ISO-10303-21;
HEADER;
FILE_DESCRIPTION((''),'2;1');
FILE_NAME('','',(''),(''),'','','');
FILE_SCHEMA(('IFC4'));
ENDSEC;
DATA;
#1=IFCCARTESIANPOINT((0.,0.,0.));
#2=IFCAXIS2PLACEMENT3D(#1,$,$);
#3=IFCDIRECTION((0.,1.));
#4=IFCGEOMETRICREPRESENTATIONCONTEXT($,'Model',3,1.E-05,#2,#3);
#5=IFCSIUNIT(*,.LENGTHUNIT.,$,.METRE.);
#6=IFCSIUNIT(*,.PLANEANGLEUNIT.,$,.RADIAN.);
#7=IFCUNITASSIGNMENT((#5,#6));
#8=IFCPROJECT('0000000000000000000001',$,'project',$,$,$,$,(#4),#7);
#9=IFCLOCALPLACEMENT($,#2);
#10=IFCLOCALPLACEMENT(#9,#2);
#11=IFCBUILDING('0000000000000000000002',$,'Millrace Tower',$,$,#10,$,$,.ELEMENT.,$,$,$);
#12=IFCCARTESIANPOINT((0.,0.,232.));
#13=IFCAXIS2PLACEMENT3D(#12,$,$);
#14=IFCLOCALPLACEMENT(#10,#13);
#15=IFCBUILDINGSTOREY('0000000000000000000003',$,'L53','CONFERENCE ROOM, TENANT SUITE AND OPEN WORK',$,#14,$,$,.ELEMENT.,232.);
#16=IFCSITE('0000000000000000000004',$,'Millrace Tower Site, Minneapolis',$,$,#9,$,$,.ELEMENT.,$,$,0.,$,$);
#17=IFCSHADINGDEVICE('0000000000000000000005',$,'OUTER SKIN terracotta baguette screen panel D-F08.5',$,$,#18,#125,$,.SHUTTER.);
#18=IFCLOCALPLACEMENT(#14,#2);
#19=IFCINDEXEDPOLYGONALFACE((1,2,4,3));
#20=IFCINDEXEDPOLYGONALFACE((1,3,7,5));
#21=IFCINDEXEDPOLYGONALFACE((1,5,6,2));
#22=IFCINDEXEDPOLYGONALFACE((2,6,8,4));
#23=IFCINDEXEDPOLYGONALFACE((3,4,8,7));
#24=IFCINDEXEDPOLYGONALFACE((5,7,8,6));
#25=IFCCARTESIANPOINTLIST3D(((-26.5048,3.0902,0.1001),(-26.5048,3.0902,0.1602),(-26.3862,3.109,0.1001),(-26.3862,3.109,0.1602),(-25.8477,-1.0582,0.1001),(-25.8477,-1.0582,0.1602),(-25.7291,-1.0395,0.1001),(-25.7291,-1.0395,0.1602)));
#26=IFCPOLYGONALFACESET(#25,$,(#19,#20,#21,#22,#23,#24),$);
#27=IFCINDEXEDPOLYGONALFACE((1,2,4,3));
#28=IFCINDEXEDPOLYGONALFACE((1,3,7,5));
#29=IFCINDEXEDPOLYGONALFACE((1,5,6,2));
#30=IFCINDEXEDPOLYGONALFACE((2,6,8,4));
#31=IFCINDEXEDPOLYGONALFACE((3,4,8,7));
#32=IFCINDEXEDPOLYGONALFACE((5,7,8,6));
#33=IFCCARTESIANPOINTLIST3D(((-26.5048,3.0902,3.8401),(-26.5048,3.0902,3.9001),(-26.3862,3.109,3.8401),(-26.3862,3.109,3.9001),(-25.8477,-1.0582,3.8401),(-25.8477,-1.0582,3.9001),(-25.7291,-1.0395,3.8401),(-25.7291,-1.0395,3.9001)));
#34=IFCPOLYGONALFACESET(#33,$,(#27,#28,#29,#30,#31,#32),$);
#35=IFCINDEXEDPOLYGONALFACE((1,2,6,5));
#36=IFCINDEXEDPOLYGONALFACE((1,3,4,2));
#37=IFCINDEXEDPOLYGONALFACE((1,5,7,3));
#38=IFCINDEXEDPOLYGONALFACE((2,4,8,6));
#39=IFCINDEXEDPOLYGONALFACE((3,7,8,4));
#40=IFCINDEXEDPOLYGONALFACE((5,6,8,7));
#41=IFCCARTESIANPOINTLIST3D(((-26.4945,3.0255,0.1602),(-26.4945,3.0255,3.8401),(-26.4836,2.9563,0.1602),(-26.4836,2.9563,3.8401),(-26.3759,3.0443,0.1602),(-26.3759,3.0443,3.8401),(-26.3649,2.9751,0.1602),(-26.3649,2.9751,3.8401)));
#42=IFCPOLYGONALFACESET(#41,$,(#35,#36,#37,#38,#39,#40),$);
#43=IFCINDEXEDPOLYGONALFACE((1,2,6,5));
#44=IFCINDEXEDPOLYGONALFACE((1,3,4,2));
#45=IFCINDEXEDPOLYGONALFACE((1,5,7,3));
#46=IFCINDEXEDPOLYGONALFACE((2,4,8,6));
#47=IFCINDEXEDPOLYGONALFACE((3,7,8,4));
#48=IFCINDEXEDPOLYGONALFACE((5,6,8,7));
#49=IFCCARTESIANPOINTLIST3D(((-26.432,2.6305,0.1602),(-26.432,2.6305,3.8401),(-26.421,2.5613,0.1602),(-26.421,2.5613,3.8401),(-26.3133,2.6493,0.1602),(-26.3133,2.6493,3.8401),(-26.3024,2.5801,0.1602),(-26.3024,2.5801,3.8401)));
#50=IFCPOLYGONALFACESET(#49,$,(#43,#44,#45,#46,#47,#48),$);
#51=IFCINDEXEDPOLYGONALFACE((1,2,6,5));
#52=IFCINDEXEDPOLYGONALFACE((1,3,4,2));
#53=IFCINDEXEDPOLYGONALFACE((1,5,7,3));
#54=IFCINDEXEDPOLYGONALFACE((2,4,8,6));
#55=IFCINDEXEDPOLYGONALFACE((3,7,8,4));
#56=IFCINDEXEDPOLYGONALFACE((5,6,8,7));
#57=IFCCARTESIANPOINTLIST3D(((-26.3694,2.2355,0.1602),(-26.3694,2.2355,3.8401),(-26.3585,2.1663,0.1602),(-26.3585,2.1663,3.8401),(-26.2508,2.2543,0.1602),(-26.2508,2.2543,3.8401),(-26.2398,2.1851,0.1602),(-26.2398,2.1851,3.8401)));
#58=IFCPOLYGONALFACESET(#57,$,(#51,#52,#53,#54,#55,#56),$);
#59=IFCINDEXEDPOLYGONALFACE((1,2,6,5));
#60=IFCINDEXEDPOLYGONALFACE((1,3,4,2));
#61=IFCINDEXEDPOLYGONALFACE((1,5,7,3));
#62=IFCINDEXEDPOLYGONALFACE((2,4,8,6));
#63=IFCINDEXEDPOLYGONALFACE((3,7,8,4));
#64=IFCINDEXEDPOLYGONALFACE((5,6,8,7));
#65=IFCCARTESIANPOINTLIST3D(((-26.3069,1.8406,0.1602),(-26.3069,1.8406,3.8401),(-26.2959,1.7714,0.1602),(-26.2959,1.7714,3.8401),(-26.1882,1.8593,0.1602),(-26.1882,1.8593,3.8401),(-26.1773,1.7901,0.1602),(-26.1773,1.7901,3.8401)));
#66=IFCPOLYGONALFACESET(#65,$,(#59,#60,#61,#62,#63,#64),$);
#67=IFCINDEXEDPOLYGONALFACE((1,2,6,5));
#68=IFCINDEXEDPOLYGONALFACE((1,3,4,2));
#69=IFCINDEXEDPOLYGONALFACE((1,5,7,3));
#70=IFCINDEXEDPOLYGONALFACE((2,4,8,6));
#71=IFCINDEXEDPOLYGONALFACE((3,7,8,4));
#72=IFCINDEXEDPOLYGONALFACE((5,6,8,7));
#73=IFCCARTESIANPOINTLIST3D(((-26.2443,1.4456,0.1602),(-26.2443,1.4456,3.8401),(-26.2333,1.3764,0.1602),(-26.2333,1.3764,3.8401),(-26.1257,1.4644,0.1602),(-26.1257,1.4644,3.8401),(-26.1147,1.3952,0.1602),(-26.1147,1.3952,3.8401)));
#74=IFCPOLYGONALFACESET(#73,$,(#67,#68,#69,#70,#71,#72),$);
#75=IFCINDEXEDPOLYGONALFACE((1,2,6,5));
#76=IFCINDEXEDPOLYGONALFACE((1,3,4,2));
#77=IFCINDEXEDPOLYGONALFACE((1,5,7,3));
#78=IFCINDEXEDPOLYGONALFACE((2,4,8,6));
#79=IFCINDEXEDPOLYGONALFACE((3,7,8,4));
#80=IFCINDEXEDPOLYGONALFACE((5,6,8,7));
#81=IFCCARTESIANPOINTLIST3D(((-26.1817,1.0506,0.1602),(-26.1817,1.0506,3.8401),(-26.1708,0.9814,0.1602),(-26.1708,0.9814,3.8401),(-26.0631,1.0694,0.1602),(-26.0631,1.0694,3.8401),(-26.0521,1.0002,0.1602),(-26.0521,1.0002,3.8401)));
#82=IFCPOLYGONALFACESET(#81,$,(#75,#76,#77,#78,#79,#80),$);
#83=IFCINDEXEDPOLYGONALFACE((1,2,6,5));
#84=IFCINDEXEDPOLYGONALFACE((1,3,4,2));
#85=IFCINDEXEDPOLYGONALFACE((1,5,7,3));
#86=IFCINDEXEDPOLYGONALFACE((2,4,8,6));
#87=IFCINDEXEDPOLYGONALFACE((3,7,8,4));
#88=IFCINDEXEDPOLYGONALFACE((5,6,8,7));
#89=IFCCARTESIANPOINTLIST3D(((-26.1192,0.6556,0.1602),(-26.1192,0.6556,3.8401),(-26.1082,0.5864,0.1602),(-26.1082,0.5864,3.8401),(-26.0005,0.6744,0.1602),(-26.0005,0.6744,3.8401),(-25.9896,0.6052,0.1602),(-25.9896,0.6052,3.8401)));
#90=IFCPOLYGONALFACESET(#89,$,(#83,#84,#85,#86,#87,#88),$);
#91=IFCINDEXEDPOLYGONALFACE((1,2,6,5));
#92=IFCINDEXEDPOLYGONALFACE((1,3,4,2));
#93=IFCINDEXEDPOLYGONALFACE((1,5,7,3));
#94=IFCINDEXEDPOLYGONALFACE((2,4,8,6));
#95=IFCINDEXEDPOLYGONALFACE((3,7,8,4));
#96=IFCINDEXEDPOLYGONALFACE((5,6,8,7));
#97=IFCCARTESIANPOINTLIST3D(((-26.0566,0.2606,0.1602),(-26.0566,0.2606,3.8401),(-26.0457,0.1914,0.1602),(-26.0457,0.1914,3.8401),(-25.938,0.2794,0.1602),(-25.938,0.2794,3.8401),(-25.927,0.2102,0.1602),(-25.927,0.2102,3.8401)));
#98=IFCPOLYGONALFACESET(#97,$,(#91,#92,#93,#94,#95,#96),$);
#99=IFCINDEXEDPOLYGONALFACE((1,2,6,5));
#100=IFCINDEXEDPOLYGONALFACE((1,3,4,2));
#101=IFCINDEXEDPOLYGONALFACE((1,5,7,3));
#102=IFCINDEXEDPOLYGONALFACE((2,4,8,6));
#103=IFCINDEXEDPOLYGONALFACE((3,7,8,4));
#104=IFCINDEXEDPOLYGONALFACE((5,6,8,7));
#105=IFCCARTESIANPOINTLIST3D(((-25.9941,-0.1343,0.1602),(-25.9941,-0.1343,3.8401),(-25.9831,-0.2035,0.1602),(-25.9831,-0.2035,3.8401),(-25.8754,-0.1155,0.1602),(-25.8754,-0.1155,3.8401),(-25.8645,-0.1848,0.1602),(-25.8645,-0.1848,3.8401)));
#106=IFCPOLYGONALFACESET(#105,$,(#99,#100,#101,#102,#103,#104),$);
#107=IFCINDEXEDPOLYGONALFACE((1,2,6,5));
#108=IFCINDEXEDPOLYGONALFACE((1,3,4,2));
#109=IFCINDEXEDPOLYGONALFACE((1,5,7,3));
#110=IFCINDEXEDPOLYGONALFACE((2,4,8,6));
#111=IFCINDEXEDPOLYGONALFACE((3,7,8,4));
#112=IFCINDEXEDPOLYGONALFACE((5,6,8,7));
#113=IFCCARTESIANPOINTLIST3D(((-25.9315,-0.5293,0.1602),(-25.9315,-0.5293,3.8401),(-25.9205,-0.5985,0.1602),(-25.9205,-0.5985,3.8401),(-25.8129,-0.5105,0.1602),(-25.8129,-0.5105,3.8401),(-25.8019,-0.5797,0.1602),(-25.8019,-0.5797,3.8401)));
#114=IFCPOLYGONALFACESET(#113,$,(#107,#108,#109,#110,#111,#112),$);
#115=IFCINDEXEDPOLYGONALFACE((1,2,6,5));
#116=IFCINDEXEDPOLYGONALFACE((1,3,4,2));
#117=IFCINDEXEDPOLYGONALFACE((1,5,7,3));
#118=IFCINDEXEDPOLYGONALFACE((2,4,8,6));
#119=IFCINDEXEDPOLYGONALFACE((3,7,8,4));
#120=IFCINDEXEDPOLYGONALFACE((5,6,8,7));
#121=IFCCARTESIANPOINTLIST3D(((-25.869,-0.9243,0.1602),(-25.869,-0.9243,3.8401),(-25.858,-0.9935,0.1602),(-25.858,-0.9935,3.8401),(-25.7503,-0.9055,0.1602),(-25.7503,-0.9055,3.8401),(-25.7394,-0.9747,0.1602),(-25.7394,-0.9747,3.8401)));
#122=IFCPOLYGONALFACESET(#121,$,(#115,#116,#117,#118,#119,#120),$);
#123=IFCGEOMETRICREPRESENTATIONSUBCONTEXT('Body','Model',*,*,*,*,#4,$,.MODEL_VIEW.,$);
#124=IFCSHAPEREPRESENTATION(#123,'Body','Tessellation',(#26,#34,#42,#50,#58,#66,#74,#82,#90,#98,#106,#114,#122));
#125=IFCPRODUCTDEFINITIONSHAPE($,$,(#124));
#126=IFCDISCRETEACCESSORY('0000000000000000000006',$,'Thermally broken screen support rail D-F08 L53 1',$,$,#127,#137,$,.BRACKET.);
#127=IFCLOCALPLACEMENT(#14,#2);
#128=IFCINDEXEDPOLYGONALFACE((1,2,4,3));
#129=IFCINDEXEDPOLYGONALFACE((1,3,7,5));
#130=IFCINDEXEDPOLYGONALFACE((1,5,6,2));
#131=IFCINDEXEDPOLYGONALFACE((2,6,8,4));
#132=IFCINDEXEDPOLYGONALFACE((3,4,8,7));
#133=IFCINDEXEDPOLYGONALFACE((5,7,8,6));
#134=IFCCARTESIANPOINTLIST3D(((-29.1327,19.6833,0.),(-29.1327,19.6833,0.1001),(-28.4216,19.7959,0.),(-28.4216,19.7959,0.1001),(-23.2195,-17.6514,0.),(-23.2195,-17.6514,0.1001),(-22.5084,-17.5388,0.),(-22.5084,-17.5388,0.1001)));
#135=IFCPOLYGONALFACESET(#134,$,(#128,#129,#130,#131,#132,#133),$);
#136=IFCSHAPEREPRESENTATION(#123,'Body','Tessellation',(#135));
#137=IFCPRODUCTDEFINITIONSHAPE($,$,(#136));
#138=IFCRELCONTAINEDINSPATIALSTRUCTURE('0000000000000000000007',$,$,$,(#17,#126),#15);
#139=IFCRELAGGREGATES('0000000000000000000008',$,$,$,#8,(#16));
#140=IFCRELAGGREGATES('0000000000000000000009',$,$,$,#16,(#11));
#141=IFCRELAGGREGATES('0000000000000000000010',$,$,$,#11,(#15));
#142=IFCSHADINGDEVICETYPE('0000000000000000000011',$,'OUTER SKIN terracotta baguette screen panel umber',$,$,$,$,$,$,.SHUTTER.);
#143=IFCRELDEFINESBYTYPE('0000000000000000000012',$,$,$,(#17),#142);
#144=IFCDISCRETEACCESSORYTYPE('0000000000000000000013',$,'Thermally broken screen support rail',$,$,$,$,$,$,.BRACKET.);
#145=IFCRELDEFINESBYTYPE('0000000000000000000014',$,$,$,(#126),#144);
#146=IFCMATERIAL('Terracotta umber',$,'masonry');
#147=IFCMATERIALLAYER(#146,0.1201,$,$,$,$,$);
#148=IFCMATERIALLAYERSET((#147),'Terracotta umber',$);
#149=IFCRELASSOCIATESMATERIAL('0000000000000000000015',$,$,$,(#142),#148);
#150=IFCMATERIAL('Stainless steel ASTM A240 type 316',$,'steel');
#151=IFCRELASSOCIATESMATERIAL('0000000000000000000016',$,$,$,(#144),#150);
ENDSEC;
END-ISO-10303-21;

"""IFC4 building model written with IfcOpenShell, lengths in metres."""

from ifc_helpers import new_model, entity, si_unit, direction, frame, frame_2d, origin, origin_2d, place, context, subcontext, project, spatial, rectangle, extrude, source, transform, mapped, material, layer, layer_set, type_object, element, save


model = new_model("IFC4")

# Units and contexts
model_context = context("Model", 3, precision=1e-05, world=origin(), true_north=direction((0.0, 1.0)))
body_context = subcontext(model_context, "Body", "Model", "MODEL_VIEW")
ifc_project = project(units=[si_unit("LENGTHUNIT", "METRE"), si_unit("PLANEANGLEUNIT", "RADIAN")], contexts=[model_context])

# Site, building, storey
site_placement = place(None, origin())
site = spatial("IfcSite", under=ifc_project, at=site_placement, Name="Millrace Tower Site, Minneapolis", CompositionType="ELEMENT", RefElevation=0.0)
building_placement = place(site_placement, origin())
building = spatial("IfcBuilding", under=site, at=building_placement, Name="Millrace Tower", CompositionType="ELEMENT")
storey_placement = place(building_placement, frame((0.0, 0.0, 232.0)))
storey = spatial("IfcBuildingStorey", under=building, at=storey_placement, Name="L53", Description="CONFERENCE ROOM, TENANT SUITE AND OPEN WORK", CompositionType="ELEMENT", Elevation=232.0)

# Shading device
ifc_material_1 = material(Name="Terracotta umber", Category="masonry")
ifc_layer_1 = layer(ifc_material_1, 0.1201)
ifc_layer_set_1 = layer_set([ifc_layer_1], Name="Terracotta umber")
shading_device_type = type_object("IfcShadingDeviceType", Name="OUTER SKIN terracotta baguette screen panel umber", PredefinedType="SHUTTER", material=ifc_layer_set_1)
cartesian_point = entity("IfcCartesianPoint", [-2.1001, 0.0601])
shared_polyline = entity("IfcPolyline", [cartesian_point, entity("IfcCartesianPoint", [2.1001, 0.0601]), entity("IfcCartesianPoint", [2.1001, -0.0601]), entity("IfcCartesianPoint", [-2.1001, -0.0601]), cartesian_point])
shared_shape = source(origin(), body_context, "Body", "SweptSolid", [
    entity("IfcExtrudedAreaSolid", entity("IfcArbitraryClosedProfileDef", "AREA", None, shared_polyline), entity("IfcAxis2Placement3D", entity("IfcCartesianPoint", [0.0, 0.0, 0.0])), entity("IfcDirection", [0.0, 0.0, 1.0]), 0.0601),
    entity("IfcExtrudedAreaSolid", entity("IfcArbitraryClosedProfileDef", "AREA", None, shared_polyline), entity("IfcAxis2Placement3D", entity("IfcCartesianPoint", [0.0, 0.0, 3.74])), entity("IfcDirection", [0.0, 0.0, 1.0]), 0.0601),
    extrude(rectangle(XDim=0.0701, YDim=0.1201, at=frame_2d((-1.9995, 0.0))), frame((0.0, 0.0, 0.0601)), (0.0, 0.0, 1.0), 3.6799),
    extrude(rectangle(XDim=0.0701, YDim=0.1201, at=frame_2d((-1.5996, 0.0))), frame((0.0, 0.0, 0.0601)), (0.0, 0.0, 1.0), 3.6799),
    extrude(rectangle(XDim=0.0701, YDim=0.1201, at=frame_2d((-1.1997, 0.0))), frame((0.0, 0.0, 0.0601)), (0.0, 0.0, 1.0), 3.6799),
    extrude(rectangle(XDim=0.0701, YDim=0.1201, at=frame_2d((-0.7998, 0.0))), frame((0.0, 0.0, 0.0601)), (0.0, 0.0, 1.0), 3.6799),
    extrude(rectangle(XDim=0.0701, YDim=0.1201, at=frame_2d((-0.3999, 0.0))), frame((0.0, 0.0, 0.0601)), (0.0, 0.0, 1.0), 3.6799),
    extrude(rectangle(XDim=0.0701, YDim=0.1201, at=origin_2d()), frame((0.0, 0.0, 0.0601)), (0.0, 0.0, 1.0), 3.6799),
    extrude(rectangle(XDim=0.0701, YDim=0.1201, at=frame_2d((0.3999, 0.0))), frame((0.0, 0.0, 0.0601)), (0.0, 0.0, 1.0), 3.6799),
    extrude(rectangle(XDim=0.0701, YDim=0.1201, at=frame_2d((0.7998, 0.0))), frame((0.0, 0.0, 0.0601)), (0.0, 0.0, 1.0), 3.6799),
    extrude(rectangle(XDim=0.0701, YDim=0.1201, at=frame_2d((1.1997, 0.0))), frame((0.0, 0.0, 0.0601)), (0.0, 0.0, 1.0), 3.6799),
    extrude(rectangle(XDim=0.0701, YDim=0.1201, at=frame_2d((1.5996, 0.0))), frame((0.0, 0.0, 0.0601)), (0.0, 0.0, 1.0), 3.6799),
    extrude(rectangle(XDim=0.0701, YDim=0.1201, at=frame_2d((1.9995, 0.0))), frame((0.0, 0.0, 0.0601)), (0.0, 0.0, 1.0), 3.6799),
])
for number, where, z_axis, x_axis, name in (
    (1, (-26.1169, 1.0254, 0.1001), (0.0, 0.0, 1.0), (0.156434, -0.987688, 0.0), "OUTER SKIN terracotta baguette screen panel D-F08.5"),
):
    element("IfcShadingDevice", number, at=place(storey_placement, frame(where, z_axis=z_axis, x_axis=x_axis)), inside=storey, type_object=shading_device_type, Name=name, PredefinedType="SHUTTER", context=body_context, shape_type="MappedRepresentation", body=[
        mapped(shared_shape, transform((0.0, 0.0, 0.0), scale=1.0)),
    ])

# Discrete accessory
ifc_material_2 = material(Name="Stainless steel ASTM A240 type 316", Category="steel")
discrete_accessory_type = type_object("IfcDiscreteAccessoryType", Name="Thermally broken screen support rail", PredefinedType="BRACKET", material=ifc_material_2)
discrete_accessory_placement = place(storey_placement, frame((-25.8206, 1.0723, 0.0), z_axis=(0.0, 0.0, 1.0), x_axis=(0.156434, -0.987688, 0.0)))
element("IfcDiscreteAccessory", 2, at=discrete_accessory_placement, inside=storey, type_object=discrete_accessory_type, Name="Thermally broken screen support rail D-F08 L53 1", PredefinedType="BRACKET", context=body_context, shape_type="SweptSolid", body=[
    extrude(rectangle(XDim=37.8, YDim=0.72, at=origin_2d()), origin(), (0.0, 0.0, 1.0), 0.1001),
])

save(model, "model.ifc")
